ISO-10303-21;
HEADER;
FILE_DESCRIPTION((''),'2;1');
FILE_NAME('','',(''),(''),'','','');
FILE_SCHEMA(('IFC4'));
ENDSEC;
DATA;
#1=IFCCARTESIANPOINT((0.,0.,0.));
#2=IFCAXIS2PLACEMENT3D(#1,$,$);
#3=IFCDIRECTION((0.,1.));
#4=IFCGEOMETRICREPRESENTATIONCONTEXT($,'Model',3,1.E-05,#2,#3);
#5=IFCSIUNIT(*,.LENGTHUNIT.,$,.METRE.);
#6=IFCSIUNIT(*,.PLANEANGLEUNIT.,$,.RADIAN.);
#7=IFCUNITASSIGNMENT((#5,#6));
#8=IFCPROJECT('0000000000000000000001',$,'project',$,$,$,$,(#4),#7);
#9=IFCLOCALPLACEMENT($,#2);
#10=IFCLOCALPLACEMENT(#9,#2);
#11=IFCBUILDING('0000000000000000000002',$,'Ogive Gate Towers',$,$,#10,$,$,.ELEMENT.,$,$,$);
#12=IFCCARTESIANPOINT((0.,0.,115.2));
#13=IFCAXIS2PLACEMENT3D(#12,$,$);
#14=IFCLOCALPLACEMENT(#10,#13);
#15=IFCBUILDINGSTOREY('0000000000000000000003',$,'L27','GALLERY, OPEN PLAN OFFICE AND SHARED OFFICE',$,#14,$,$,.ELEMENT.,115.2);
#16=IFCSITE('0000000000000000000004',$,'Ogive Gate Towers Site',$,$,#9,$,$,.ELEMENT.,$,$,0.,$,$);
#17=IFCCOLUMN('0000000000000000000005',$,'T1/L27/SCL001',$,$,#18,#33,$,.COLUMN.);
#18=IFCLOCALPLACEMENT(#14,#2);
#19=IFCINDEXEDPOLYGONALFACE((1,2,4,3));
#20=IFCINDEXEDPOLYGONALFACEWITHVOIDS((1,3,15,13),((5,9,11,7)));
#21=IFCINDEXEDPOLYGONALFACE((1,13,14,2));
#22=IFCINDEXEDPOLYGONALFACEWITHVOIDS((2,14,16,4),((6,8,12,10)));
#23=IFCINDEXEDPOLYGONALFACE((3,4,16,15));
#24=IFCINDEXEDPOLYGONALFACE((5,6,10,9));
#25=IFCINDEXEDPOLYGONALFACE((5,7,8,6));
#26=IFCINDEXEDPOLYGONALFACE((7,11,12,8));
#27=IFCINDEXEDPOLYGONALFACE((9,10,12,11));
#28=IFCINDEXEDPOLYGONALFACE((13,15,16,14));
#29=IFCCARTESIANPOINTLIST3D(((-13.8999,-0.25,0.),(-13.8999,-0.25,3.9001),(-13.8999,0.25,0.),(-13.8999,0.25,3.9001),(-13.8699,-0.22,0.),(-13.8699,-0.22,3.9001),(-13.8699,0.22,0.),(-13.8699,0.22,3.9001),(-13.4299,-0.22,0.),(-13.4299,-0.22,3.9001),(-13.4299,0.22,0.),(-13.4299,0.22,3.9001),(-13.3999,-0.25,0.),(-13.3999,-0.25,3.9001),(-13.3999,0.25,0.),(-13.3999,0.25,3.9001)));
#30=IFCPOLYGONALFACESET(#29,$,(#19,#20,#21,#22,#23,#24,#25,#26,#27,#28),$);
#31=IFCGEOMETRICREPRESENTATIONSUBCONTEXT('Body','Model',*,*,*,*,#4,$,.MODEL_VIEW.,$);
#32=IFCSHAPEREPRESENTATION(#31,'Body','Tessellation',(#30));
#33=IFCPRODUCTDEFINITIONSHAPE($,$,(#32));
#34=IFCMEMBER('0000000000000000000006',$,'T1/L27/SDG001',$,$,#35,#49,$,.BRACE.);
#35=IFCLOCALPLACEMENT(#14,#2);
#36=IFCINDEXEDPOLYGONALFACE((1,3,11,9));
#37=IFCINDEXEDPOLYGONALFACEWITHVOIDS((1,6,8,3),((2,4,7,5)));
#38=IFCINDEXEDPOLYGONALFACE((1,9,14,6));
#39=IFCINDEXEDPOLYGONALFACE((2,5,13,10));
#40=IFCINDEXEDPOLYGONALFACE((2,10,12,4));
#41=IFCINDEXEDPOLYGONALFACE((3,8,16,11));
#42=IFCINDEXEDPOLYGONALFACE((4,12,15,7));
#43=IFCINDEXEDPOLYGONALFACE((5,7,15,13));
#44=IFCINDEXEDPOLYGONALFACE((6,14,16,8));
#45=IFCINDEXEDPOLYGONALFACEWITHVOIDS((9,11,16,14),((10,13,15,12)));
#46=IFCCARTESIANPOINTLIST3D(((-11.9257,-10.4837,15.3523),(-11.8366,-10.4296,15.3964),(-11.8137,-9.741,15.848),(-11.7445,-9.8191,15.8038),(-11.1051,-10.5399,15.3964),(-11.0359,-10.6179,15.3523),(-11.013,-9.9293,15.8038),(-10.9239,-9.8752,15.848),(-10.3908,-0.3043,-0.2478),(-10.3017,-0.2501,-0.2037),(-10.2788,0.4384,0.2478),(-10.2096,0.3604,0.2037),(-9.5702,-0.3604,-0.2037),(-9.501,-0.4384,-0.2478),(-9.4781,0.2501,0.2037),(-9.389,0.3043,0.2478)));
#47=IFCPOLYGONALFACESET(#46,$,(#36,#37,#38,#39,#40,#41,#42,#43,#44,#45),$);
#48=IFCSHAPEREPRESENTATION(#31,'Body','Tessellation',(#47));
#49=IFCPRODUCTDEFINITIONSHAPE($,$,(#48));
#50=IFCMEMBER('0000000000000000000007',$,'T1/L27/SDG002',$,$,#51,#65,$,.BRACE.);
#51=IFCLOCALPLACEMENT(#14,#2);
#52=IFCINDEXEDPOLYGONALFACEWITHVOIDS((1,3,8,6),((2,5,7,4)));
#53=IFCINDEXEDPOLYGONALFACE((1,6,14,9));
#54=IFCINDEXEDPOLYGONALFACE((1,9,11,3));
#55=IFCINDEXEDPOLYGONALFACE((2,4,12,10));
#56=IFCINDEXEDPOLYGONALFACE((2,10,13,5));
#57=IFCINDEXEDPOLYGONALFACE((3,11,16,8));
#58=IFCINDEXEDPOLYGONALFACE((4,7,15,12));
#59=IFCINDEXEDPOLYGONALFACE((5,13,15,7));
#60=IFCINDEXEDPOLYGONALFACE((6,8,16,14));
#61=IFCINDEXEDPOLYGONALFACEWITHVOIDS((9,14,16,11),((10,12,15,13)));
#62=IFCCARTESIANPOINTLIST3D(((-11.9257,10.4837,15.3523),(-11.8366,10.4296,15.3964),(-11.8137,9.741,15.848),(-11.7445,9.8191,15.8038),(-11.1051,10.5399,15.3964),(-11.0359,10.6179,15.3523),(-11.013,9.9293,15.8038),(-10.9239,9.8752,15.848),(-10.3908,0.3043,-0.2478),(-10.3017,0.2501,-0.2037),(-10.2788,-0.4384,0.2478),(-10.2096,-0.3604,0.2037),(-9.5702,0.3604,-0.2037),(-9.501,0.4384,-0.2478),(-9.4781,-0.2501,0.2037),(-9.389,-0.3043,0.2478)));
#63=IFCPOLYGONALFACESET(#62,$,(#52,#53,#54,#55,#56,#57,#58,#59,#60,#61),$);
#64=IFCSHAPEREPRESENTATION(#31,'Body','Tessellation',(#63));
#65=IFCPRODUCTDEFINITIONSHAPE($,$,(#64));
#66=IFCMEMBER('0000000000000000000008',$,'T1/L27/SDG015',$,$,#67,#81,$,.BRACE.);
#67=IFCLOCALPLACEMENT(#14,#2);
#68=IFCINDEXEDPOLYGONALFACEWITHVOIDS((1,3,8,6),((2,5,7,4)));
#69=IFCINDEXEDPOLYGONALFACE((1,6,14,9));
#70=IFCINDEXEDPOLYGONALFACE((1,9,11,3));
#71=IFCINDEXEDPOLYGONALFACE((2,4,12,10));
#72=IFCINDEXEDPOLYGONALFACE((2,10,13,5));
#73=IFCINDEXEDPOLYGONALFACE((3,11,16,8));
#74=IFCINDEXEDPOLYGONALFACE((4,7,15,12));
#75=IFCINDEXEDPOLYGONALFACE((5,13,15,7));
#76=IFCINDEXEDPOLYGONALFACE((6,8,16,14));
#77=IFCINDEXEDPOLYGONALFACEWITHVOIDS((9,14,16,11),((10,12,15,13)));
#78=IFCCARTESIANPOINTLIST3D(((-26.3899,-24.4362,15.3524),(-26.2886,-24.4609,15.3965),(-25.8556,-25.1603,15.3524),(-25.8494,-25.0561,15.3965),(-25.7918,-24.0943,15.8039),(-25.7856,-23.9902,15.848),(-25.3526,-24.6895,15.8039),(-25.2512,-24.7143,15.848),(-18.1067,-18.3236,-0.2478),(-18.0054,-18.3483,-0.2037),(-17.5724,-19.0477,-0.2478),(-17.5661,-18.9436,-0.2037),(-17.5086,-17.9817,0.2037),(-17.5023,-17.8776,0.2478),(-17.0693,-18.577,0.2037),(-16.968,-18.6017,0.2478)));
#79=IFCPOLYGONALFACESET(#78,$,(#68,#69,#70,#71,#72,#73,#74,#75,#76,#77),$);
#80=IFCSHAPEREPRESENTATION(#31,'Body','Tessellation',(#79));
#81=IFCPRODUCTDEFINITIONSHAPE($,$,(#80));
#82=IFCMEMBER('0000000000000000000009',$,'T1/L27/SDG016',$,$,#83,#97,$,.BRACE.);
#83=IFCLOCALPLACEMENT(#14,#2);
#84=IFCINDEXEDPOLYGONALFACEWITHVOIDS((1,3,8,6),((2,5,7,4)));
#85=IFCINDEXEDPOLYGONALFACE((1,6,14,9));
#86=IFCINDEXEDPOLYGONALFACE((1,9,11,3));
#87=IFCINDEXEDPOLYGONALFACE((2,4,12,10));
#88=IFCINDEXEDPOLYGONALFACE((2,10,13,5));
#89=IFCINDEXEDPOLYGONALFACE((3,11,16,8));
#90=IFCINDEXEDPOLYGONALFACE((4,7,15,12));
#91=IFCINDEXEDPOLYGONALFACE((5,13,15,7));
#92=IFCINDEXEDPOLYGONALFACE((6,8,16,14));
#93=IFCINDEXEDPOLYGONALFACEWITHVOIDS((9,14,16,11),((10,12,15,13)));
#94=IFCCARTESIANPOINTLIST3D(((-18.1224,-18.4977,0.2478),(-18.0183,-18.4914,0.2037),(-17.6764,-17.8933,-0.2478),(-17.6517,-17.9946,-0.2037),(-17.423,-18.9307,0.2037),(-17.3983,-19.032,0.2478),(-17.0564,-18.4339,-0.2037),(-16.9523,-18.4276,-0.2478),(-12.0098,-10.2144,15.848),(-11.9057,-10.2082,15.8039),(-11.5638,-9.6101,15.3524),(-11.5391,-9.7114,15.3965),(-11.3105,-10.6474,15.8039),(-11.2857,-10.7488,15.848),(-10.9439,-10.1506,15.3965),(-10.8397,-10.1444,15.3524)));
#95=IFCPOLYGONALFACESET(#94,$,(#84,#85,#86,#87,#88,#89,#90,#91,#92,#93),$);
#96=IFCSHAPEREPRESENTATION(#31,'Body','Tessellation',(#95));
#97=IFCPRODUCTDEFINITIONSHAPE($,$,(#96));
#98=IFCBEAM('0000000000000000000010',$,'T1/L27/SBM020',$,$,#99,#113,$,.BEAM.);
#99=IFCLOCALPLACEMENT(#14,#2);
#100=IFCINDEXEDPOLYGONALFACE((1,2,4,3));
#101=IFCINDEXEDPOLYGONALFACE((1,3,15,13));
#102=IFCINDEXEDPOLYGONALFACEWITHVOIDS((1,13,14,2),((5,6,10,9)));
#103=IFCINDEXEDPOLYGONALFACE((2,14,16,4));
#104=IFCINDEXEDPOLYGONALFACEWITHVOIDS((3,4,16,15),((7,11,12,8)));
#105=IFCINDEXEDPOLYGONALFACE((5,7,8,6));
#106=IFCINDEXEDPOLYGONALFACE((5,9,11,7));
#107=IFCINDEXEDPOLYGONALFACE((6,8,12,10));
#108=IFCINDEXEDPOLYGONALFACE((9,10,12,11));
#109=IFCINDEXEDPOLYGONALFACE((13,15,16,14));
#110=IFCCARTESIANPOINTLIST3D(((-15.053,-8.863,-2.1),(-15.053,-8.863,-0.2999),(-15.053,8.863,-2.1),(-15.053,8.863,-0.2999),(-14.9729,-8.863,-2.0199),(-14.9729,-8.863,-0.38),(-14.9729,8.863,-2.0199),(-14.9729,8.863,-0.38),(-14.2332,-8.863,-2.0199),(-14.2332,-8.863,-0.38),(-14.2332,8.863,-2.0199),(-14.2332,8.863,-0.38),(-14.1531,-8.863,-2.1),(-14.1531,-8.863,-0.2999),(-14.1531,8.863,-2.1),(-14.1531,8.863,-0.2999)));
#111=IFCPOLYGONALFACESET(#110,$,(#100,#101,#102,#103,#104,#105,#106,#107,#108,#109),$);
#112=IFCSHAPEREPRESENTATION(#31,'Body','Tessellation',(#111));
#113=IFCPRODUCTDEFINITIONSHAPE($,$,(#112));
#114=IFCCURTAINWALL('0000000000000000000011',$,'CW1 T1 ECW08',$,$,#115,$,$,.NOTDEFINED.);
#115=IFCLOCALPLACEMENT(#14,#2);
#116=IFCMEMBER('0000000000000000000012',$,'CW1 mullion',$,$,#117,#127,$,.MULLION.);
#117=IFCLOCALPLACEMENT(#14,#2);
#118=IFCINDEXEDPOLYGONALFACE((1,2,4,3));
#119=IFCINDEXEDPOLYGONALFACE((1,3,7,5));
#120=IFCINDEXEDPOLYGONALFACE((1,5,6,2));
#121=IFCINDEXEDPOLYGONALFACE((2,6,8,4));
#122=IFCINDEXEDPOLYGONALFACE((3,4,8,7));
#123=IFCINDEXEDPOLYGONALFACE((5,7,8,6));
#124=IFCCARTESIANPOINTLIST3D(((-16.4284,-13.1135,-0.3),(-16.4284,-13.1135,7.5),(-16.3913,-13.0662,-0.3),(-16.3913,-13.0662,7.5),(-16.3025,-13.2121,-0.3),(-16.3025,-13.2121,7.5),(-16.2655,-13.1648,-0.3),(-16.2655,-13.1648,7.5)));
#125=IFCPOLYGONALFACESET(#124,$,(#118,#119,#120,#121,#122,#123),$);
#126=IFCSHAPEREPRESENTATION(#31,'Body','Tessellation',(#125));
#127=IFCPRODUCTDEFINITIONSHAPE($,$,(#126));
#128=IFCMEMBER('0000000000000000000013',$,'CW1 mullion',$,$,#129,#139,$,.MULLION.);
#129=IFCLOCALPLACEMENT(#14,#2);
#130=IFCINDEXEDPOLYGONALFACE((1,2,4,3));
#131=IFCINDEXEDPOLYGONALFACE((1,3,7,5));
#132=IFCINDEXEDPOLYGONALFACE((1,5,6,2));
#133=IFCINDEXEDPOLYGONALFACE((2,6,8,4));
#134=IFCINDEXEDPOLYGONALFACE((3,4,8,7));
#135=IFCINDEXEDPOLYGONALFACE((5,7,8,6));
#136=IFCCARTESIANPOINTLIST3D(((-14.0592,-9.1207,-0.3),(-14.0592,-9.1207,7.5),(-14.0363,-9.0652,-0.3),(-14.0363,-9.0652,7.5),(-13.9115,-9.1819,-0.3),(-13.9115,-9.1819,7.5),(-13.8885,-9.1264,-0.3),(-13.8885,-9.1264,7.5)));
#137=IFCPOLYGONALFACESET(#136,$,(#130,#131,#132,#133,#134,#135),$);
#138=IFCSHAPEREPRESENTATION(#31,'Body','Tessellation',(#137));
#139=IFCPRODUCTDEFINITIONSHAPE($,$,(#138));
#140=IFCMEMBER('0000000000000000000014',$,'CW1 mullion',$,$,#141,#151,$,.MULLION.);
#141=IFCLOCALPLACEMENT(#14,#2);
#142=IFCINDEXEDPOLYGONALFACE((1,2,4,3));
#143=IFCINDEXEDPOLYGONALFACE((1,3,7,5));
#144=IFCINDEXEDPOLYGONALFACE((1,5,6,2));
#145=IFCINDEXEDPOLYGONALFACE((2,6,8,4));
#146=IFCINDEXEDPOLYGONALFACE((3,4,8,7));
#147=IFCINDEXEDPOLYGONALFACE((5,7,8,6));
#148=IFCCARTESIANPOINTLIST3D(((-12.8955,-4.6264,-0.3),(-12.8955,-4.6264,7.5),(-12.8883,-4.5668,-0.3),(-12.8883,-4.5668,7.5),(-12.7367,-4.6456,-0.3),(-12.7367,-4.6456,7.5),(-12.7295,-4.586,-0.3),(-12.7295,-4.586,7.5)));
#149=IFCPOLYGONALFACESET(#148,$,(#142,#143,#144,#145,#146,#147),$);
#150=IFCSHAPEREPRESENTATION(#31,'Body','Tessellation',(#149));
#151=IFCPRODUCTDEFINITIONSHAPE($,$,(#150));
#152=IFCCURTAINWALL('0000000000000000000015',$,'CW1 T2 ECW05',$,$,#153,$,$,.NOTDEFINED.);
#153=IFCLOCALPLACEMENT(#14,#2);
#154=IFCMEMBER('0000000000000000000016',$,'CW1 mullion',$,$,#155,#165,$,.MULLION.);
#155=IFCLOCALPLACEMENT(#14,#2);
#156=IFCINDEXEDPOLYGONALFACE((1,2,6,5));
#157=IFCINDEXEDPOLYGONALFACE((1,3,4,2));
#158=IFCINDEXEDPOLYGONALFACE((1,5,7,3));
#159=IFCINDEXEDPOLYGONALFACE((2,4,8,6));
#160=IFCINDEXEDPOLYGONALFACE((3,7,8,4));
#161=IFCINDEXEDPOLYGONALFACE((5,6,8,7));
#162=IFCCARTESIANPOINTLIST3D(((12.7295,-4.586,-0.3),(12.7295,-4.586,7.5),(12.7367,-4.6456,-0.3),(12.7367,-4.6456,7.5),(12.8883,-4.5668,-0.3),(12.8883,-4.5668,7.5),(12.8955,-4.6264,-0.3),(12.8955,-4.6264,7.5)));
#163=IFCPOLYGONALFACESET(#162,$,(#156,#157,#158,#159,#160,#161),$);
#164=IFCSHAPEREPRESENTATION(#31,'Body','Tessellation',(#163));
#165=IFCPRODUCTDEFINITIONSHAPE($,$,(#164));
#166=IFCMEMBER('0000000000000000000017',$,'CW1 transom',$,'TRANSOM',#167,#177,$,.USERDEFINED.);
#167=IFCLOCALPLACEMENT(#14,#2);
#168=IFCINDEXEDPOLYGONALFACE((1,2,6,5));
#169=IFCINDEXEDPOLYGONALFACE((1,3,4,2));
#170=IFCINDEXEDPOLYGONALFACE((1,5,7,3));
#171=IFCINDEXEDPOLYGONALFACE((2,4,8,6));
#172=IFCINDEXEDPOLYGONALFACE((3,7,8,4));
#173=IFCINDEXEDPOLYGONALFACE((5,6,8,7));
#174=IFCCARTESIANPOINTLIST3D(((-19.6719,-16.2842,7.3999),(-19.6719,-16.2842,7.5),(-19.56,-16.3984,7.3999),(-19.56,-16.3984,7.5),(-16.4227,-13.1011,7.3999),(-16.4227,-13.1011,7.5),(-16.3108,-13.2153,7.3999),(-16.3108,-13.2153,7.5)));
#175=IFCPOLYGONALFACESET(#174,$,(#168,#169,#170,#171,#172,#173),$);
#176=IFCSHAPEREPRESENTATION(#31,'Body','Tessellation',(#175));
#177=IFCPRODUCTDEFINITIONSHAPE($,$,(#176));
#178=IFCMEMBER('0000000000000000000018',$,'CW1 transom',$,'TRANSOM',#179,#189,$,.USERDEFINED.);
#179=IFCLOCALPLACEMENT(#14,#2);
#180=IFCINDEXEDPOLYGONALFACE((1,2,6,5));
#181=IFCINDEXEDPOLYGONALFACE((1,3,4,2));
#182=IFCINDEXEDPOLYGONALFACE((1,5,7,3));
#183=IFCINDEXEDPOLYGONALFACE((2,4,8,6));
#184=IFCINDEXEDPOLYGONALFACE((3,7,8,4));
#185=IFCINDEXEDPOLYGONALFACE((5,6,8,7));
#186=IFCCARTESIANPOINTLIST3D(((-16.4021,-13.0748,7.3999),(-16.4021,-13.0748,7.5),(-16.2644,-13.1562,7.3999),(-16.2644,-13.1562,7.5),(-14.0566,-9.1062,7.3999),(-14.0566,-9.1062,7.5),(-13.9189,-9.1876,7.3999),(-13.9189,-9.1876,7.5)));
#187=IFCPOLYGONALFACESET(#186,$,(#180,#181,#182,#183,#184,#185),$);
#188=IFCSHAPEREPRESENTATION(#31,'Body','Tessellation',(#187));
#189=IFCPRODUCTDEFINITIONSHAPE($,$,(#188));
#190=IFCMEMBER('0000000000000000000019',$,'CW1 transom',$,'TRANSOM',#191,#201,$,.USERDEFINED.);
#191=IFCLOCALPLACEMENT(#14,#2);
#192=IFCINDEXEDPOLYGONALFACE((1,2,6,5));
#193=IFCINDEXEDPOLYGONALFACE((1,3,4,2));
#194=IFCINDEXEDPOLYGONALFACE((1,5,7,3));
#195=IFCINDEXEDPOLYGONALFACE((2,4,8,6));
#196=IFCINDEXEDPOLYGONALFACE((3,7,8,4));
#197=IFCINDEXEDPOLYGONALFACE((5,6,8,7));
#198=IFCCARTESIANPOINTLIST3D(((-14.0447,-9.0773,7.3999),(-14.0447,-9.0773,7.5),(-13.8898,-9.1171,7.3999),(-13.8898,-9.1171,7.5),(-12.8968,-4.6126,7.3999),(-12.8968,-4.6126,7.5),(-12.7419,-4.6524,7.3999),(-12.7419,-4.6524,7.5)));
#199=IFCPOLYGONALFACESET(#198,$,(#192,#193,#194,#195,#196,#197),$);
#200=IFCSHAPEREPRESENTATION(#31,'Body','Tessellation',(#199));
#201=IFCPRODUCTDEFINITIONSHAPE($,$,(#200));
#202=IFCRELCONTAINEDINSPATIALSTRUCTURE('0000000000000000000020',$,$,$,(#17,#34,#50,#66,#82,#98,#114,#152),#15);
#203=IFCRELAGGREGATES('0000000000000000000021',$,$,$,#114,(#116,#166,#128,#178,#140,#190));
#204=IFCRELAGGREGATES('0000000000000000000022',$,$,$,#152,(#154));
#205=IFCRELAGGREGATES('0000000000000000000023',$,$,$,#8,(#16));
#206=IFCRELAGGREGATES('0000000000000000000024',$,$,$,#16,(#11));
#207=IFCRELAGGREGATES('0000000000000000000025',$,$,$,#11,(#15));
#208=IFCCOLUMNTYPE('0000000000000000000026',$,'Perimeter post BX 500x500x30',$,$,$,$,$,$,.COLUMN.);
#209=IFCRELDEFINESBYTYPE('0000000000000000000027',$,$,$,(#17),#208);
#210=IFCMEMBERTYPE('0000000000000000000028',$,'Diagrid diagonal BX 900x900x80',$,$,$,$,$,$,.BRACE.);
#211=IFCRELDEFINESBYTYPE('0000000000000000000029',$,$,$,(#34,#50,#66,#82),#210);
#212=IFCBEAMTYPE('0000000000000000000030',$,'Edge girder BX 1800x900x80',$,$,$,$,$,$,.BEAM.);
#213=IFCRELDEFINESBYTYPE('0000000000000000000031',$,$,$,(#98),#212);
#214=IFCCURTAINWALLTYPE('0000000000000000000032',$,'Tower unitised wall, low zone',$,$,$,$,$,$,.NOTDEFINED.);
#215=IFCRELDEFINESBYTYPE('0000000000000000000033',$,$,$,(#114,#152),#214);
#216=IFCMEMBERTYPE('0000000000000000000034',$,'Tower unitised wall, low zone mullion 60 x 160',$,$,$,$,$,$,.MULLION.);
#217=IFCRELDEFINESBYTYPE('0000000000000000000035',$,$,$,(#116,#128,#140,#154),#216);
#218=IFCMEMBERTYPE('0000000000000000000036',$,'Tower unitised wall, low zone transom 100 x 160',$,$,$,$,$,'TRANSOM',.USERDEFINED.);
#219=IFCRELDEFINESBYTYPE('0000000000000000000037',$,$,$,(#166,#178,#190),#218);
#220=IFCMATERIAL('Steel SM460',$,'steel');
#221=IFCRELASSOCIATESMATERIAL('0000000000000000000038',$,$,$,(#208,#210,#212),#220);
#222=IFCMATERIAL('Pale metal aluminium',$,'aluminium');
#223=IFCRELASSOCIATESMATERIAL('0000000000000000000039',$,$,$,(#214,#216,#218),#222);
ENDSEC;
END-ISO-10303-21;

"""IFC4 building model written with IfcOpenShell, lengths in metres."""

from ifc_helpers import new_model, si_unit, direction, frame, origin, origin_2d, place, context, subcontext, project, spatial, rectangle, hollow_rectangle, extrude, material, material_profile, profile_set, type_object, element, aggregate, save


model = new_model("IFC4")

# Units and contexts
model_context = context("Model", 3, precision=1e-05, world=origin(), true_north=direction((0.0, 1.0)))
body_context = subcontext(model_context, "Body", "Model", "MODEL_VIEW")
ifc_project = project(units=[si_unit("LENGTHUNIT", "METRE"), si_unit("PLANEANGLEUNIT", "RADIAN")], contexts=[model_context])

# Site, building, storey
site_placement = place(None, origin())
site = spatial("IfcSite", under=ifc_project, at=site_placement, Name="Ogive Gate Towers Site", CompositionType="ELEMENT", RefElevation=0.0)
building_placement = place(site_placement, origin())
building = spatial("IfcBuilding", under=site, at=building_placement, Name="Ogive Gate Towers", CompositionType="ELEMENT")
storey_placement = place(building_placement, frame((0.0, 0.0, 115.2)))
storey = spatial("IfcBuildingStorey", under=building, at=storey_placement, Name="L27", Description="GALLERY, OPEN PLAN OFFICE AND SHARED OFFICE", CompositionType="ELEMENT", Elevation=115.2)

# Column
ifc_material_1 = material(Name="Steel SM460", Category="steel")
ifc_material_profile_1 = material_profile(ifc_material_1, hollow_rectangle(XDim=0.5, YDim=0.5, WallThickness=0.03, at=origin_2d()), Name="BX 500x500x30")
ifc_profile_set_1 = profile_set([ifc_material_profile_1], Name="Steel SM460")
column_type = type_object("IfcColumnType", Name="Perimeter post BX 500x500x30", PredefinedType="COLUMN", material=ifc_profile_set_1)
column_placement = place(storey_placement, frame((-13.6499, 0.0, 0.0), z_axis=(0.0, 0.0, 1.0), x_axis=(1.0, 0.0, 0.0)))
element("IfcColumn", 1, at=column_placement, inside=storey, type_object=column_type, Name="T1/L27/SCL001", PredefinedType="COLUMN", context=body_context, shape_type="SweptSolid", body=[
    extrude(hollow_rectangle(XDim=0.5, YDim=0.5, WallThickness=0.03, at=origin_2d()), origin(), (0.0, 0.0, 1.0), 3.9001),
])

# Members
ifc_material_profile_2 = material_profile(ifc_material_1, hollow_rectangle(XDim=0.8999, YDim=0.8999, WallThickness=0.0801, at=origin_2d()), Name="BX 900x900x80")
ifc_profile_set_2 = profile_set([ifc_material_profile_2], Name="Steel SM460")
member_type_1 = type_object("IfcMemberType", Name="Diagrid diagonal BX 900x900x80", PredefinedType="BRACE", material=ifc_profile_set_2)
for number, where, z_axis, x_axis, name in (
    (2, (-9.8899, 0.0, 0.0), (-0.082122, -0.544628, 0.834648), (0.988822, -0.1491, 0.0), "T1/L27/SDG001"),
    (3, (-9.8899, 0.0, 0.0), (-0.082122, 0.544628, 0.834648), (-0.988822, -0.1491, 0.0), "T1/L27/SDG002"),
    (4, (-17.5374, -18.4626, 0.0), (-0.443175, -0.327039, 0.83465), (0.593774, -0.804632, 0.0), "T1/L27/SDG015"),
    (5, (-17.5374, -18.4626, 0.0), (0.327039, 0.443175, 0.83465), (-0.804632, 0.593774, 0.0), "T1/L27/SDG016"),
):
    element("IfcMember", number, at=place(storey_placement, frame(where, z_axis=z_axis, x_axis=x_axis)), inside=storey, type_object=member_type_1, Name=name, PredefinedType="BRACE", context=body_context, shape_type="SweptSolid", body=[
        extrude(hollow_rectangle(XDim=0.8999, YDim=0.8999, WallThickness=0.0801, at=origin_2d()), origin(), (0.0, 0.0, 1.0), 18.6907),
    ])

# Beam
ifc_material_profile_3 = material_profile(ifc_material_1, hollow_rectangle(XDim=0.8999, YDim=1.8, WallThickness=0.0801, at=origin_2d()), Name="BX 1800x900x80")
ifc_profile_set_3 = profile_set([ifc_material_profile_3], Name="Steel SM460")
beam_type = type_object("IfcBeamType", Name="Edge girder BX 1800x900x80", PredefinedType="BEAM", material=ifc_profile_set_3)
beam_placement = place(storey_placement, frame((-14.603, -8.863, -1.2), z_axis=(0.0, 1.0, 0.0), x_axis=(-1.0, 0.0, 0.0)))
element("IfcBeam", 6, at=beam_placement, inside=storey, type_object=beam_type, Name="T1/L27/SBM020", PredefinedType="BEAM", context=body_context, shape_type="SweptSolid", body=[
    extrude(hollow_rectangle(XDim=0.8999, YDim=1.8, WallThickness=0.0801, at=origin_2d()), origin(), (0.0, 0.0, 1.0), 17.7261),
])

# Curtain wall, members
ifc_material_2 = material(Name="Pale metal aluminium", Category="aluminium")
curtain_wall_type = type_object("IfcCurtainWallType", Name="Tower unitised wall, low zone", PredefinedType="NOTDEFINED", material=ifc_material_2)
curtain_wall_1_placement = place(storey_placement, origin())
curtain_wall_1 = element("IfcCurtainWall", 7, at=curtain_wall_1_placement, inside=storey, type_object=curtain_wall_type, Name="CW1 T1 ECW08", PredefinedType="NOTDEFINED")
ifc_material_profile_4 = material_profile(ifc_material_2, rectangle(XDim=0.1599, YDim=0.0601, at=origin_2d()), Name="60 x 160 aluminium box")
ifc_profile_set_4 = profile_set([ifc_material_profile_4], Name="Pale metal aluminium")
member_type_2 = type_object("IfcMemberType", Name="Tower unitised wall, low zone mullion 60 x 160", PredefinedType="MULLION", material=ifc_profile_set_4)
member_1_placement = place(storey_placement, frame((-16.3469, -13.1392, -0.3), z_axis=(0.0, 0.0, 1.0), x_axis=(0.787086, -0.616844, 0.0)))
member_1 = element("IfcMember", 8, at=member_1_placement, type_object=member_type_2, Name="CW1 mullion", PredefinedType="MULLION", context=body_context, shape_type="SweptSolid", body=[
    extrude(rectangle(XDim=0.1599, YDim=0.0601, at=origin_2d()), origin(), (0.0, 0.0, 1.0), 7.8),
])
member_2_placement = place(storey_placement, frame((-13.9739, -9.1235, -0.3), z_axis=(0.0, 0.0, 1.0), x_axis=(0.92388, -0.382683, 0.0)))
member_2 = element("IfcMember", 9, at=member_2_placement, type_object=member_type_2, Name="CW1 mullion", PredefinedType="MULLION", context=body_context, shape_type="SweptSolid", body=[
    extrude(rectangle(XDim=0.1599, YDim=0.0601, at=origin_2d()), origin(), (0.0, 0.0, 1.0), 7.8),
])
member_3_placement = place(storey_placement, frame((-12.8125, -4.6062, -0.3), z_axis=(0.0, 0.0, 1.0), x_axis=(0.992728, -0.120379, 0.0)))
member_3 = element("IfcMember", 10, at=member_3_placement, type_object=member_type_2, Name="CW1 mullion", PredefinedType="MULLION", context=body_context, shape_type="SweptSolid", body=[
    extrude(rectangle(XDim=0.1599, YDim=0.0601, at=origin_2d()), origin(), (0.0, 0.0, 1.0), 7.8),
])

# Curtain wall, member
curtain_wall_2_placement = place(storey_placement, origin())
curtain_wall_2 = element("IfcCurtainWall", 11, at=curtain_wall_2_placement, inside=storey, type_object=curtain_wall_type, Name="CW1 T2 ECW05", PredefinedType="NOTDEFINED")
member_4_placement = place(storey_placement, frame((12.8125, -4.6062, -0.3), z_axis=(0.0, 0.0, 1.0), x_axis=(-0.992728, -0.120379, 0.0)))
member_4 = element("IfcMember", 12, at=member_4_placement, type_object=member_type_2, Name="CW1 mullion", PredefinedType="MULLION", context=body_context, shape_type="SweptSolid", body=[
    extrude(rectangle(XDim=0.1599, YDim=0.0601, at=origin_2d()), origin(), (0.0, 0.0, 1.0), 7.8),
])

# Members
ifc_material_profile_5 = material_profile(ifc_material_2, rectangle(XDim=0.1599, YDim=0.1001, at=origin_2d()), Name="100 x 160 aluminium box")
ifc_profile_set_5 = profile_set([ifc_material_profile_5], Name="Pale metal aluminium")
member_type_3 = type_object("IfcMemberType", Name="Tower unitised wall, low zone transom 100 x 160", ElementType="TRANSOM", PredefinedType="USERDEFINED", material=ifc_profile_set_5)
member_5_placement = place(storey_placement, frame((-19.616, -16.3413, 7.45), z_axis=(0.714342, 0.699797, 0.0), x_axis=(-0.699797, 0.714342, 0.0)))
member_5 = element("IfcMember", 13, at=member_5_placement, type_object=member_type_3, Name="CW1 transom", ObjectType="TRANSOM", PredefinedType="USERDEFINED", context=body_context, shape_type="SweptSolid", body=[
    extrude(rectangle(XDim=0.1599, YDim=0.1001, at=origin_2d()), origin(), (0.0, 0.0, 1.0), 4.5486),
])
member_6_placement = place(storey_placement, frame((-16.3333, -13.1155, 7.45), z_axis=(0.508799, 0.860885, 0.0), x_axis=(-0.860885, 0.508799, 0.0)))
member_6 = element("IfcMember", 14, at=member_6_placement, type_object=member_type_3, Name="CW1 transom", ObjectType="TRANSOM", PredefinedType="USERDEFINED", context=body_context, shape_type="SweptSolid", body=[
    extrude(rectangle(XDim=0.1599, YDim=0.1001, at=origin_2d()), origin(), (0.0, 0.0, 1.0), 4.6099),
])
member_7_placement = place(storey_placement, frame((-13.9673, -9.0972, 7.45), z_axis=(0.249023, 0.968498, 0.0), x_axis=(-0.968498, 0.249023, 0.0)))
member_7 = element("IfcMember", 15, at=member_7_placement, type_object=member_type_3, Name="CW1 transom", ObjectType="TRANSOM", PredefinedType="USERDEFINED", context=body_context, shape_type="SweptSolid", body=[
    extrude(rectangle(XDim=0.1599, YDim=0.1001, at=origin_2d()), origin(), (0.0, 0.0, 1.0), 4.6099),
])

aggregate(curtain_wall_1, [member_1, member_5, member_2, member_6, member_3, member_7])
aggregate(curtain_wall_2, [member_4])

save(model, "model.ifc")
